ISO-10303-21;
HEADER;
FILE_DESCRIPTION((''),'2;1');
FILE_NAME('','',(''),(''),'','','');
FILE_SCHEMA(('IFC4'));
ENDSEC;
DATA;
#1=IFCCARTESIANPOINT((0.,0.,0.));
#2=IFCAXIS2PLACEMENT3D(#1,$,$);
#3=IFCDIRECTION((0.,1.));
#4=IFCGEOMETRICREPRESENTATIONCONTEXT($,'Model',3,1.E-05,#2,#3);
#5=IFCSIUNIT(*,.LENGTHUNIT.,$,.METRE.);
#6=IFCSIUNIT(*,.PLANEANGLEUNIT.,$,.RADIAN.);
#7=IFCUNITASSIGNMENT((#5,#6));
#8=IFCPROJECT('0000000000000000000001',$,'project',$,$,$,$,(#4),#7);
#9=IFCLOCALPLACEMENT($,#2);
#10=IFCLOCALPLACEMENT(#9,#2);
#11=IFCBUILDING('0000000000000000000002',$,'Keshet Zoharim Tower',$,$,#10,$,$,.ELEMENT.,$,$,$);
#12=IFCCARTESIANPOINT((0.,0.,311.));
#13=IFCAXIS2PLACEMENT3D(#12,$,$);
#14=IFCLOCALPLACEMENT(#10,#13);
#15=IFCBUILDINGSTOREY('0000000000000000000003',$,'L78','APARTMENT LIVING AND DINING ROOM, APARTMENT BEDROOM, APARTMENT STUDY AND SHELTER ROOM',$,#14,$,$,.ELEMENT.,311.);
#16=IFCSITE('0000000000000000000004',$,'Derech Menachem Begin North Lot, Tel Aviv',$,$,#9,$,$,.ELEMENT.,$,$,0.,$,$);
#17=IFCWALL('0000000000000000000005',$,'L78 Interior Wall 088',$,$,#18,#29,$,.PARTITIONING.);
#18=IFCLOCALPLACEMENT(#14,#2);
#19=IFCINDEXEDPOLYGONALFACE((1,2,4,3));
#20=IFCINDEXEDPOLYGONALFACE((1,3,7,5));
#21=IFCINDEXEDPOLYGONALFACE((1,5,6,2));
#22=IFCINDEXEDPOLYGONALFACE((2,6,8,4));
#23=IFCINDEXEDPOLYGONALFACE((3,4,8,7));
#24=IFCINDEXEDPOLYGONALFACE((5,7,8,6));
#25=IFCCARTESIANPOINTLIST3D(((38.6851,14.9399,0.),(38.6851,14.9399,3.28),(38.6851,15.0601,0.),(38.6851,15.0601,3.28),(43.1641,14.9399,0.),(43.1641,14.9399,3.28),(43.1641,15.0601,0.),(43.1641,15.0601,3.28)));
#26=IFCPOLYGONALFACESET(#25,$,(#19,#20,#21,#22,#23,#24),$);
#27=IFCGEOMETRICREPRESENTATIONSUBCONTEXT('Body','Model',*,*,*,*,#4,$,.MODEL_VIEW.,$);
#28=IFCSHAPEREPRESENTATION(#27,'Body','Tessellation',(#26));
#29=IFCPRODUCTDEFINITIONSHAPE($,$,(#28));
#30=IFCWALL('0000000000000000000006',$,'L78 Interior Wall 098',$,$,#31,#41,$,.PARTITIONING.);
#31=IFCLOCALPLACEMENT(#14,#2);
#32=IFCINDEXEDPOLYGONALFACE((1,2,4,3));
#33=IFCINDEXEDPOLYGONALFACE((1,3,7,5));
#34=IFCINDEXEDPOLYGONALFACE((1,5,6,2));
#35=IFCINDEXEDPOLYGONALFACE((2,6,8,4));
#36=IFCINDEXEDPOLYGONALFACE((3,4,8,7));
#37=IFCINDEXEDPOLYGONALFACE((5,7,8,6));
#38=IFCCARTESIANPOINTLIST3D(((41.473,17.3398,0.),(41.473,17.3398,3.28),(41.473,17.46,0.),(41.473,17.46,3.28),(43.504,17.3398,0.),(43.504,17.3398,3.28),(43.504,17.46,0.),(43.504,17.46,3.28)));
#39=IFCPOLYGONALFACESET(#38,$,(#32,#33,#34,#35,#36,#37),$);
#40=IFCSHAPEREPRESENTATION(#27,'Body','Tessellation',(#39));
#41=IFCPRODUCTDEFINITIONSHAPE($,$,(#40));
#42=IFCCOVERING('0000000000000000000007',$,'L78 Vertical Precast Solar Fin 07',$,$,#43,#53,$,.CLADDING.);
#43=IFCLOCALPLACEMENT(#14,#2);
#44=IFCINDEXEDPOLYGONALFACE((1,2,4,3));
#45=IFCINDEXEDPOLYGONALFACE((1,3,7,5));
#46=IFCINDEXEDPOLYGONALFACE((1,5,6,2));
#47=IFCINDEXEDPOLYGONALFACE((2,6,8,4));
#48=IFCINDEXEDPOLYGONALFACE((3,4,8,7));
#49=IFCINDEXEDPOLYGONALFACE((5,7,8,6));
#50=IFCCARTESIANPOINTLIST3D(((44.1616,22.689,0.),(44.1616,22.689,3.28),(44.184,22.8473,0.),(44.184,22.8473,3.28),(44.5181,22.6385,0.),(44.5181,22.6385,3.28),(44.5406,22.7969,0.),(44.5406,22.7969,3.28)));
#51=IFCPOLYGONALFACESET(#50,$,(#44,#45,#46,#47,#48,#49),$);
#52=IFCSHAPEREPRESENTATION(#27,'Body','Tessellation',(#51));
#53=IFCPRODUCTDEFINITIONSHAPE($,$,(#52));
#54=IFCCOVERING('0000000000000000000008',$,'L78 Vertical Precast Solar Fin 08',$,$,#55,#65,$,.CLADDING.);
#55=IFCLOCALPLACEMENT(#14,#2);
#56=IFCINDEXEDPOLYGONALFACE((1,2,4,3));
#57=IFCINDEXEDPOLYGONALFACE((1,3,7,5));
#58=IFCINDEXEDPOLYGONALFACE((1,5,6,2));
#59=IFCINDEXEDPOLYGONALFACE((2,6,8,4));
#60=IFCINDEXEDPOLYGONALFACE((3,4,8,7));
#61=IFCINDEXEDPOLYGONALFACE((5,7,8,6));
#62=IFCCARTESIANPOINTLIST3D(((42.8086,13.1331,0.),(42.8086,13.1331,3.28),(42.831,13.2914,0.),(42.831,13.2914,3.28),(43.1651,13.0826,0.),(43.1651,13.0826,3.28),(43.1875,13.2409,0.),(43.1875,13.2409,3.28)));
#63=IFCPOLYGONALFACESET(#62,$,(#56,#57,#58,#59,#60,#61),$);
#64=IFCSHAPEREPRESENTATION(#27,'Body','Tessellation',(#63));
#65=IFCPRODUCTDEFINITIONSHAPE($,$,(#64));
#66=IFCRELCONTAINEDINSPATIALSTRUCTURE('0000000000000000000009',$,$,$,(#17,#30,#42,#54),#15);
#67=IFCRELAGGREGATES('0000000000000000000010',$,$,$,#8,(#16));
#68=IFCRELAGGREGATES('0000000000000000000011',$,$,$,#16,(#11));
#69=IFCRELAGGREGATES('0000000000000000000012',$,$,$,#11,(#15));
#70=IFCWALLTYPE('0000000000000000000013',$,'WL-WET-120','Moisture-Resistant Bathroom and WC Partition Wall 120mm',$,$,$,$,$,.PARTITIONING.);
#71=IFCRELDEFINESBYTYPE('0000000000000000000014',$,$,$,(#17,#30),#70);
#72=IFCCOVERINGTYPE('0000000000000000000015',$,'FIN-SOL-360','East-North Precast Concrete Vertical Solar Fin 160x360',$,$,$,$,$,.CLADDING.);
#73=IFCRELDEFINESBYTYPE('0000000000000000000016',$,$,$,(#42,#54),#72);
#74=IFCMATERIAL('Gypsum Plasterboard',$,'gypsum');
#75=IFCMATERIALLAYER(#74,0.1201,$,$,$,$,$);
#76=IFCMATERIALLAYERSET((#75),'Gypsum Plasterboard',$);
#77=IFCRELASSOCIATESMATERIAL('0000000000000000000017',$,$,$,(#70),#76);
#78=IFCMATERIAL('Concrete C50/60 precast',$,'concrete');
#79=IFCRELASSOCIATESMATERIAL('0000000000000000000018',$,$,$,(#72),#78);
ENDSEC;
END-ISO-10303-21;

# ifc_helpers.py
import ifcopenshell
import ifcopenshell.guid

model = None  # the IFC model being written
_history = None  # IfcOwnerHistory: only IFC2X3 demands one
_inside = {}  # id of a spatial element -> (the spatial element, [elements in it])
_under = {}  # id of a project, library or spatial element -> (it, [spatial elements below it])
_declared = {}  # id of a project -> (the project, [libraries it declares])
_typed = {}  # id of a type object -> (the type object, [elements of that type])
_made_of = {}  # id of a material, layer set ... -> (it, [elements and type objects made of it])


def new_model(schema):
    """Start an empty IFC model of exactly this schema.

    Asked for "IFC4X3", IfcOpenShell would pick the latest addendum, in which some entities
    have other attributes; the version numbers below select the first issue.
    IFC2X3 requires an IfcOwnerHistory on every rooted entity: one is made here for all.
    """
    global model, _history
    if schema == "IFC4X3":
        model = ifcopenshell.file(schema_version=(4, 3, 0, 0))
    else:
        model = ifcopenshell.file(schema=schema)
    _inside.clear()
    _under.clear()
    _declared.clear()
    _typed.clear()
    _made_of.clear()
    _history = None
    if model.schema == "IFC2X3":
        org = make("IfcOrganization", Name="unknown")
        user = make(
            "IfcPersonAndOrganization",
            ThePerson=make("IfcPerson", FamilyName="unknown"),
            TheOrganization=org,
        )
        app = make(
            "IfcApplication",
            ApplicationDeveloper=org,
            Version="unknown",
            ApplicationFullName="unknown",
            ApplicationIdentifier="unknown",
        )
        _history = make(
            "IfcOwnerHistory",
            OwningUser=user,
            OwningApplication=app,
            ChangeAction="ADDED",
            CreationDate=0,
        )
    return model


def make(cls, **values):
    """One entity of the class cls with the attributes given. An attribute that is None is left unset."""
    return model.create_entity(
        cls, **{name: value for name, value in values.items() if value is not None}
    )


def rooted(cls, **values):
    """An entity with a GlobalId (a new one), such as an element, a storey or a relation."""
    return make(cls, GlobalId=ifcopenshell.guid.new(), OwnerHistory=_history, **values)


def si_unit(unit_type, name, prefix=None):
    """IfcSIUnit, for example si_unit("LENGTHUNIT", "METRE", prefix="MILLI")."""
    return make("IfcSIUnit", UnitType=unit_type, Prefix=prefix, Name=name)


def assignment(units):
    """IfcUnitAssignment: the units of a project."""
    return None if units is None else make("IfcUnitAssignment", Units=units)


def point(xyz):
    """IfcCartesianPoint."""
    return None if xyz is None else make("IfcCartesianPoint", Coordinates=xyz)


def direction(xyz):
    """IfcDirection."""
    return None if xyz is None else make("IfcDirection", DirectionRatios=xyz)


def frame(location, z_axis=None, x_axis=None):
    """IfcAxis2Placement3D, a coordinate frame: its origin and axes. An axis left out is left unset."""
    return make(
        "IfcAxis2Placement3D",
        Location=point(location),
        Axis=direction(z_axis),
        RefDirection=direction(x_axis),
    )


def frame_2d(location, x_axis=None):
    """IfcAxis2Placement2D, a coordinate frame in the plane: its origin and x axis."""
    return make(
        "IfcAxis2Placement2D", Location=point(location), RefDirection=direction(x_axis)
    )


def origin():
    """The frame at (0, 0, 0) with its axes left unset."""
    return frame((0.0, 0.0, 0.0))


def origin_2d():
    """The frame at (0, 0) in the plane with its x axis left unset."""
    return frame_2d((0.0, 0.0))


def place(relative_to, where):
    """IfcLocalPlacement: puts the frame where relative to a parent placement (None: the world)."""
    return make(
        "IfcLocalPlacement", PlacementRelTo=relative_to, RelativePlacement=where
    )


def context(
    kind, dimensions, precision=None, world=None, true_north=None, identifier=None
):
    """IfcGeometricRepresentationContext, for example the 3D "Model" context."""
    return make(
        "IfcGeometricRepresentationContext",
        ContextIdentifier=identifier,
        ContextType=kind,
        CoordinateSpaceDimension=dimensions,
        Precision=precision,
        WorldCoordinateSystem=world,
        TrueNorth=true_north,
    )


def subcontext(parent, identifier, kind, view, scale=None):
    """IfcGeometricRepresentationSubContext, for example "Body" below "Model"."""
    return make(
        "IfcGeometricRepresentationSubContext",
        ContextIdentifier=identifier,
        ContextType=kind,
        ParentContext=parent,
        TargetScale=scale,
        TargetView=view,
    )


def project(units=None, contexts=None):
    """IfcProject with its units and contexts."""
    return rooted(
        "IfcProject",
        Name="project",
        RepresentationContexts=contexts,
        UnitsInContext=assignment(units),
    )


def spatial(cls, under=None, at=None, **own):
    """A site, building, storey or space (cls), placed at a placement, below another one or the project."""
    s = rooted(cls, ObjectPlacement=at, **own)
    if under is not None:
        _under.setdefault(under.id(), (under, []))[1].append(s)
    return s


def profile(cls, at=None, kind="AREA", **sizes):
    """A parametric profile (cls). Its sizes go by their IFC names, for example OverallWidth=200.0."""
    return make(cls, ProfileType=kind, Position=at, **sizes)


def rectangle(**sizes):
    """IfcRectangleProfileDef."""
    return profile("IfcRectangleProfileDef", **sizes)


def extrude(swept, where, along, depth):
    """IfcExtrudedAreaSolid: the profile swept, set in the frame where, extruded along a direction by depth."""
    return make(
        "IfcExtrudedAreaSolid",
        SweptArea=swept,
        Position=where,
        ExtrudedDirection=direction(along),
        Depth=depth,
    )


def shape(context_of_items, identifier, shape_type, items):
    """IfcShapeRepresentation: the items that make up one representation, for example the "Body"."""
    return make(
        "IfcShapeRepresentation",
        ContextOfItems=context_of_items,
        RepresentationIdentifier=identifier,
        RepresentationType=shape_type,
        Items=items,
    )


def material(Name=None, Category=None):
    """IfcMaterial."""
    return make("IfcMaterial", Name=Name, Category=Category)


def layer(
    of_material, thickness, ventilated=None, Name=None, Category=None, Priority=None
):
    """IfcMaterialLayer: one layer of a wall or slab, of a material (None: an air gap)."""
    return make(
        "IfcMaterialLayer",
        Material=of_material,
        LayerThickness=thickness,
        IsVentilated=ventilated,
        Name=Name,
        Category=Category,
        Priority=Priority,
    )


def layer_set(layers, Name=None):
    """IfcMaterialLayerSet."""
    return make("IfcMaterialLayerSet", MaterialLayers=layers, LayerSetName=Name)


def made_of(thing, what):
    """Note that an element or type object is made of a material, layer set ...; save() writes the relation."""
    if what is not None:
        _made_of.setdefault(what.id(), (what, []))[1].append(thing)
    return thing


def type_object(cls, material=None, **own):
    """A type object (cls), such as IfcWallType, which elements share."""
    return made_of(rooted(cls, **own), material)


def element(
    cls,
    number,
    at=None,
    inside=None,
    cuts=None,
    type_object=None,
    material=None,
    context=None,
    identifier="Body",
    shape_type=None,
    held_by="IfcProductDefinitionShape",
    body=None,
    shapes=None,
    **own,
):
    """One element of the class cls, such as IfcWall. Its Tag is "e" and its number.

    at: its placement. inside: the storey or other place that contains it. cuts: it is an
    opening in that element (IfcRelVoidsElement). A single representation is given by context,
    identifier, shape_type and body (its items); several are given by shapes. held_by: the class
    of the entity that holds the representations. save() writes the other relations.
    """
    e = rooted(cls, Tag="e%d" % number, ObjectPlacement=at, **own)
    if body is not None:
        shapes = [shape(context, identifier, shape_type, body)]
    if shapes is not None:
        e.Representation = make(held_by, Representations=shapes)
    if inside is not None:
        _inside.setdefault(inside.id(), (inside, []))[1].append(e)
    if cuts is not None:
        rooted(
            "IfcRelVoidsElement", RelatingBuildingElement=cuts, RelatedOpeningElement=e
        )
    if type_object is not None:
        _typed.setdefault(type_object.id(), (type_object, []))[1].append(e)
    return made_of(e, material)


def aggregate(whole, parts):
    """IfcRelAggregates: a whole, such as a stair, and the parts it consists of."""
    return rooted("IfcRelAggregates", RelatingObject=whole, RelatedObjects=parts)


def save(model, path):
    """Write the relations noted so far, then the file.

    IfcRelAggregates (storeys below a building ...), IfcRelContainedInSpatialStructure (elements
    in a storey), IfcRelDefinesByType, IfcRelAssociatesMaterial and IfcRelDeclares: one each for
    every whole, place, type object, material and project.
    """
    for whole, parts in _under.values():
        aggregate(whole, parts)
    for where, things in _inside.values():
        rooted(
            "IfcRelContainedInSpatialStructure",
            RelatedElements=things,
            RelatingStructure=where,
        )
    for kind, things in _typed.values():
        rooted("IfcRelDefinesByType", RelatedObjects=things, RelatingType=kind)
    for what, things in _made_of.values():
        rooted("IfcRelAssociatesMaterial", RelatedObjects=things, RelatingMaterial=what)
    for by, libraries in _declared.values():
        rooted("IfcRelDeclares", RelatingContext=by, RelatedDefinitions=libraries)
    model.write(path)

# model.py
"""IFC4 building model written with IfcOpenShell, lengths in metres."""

from ifc_helpers import new_model, si_unit, direction, frame, frame_2d, origin, origin_2d, place, context, subcontext, project, spatial, rectangle, extrude, material, layer, layer_set, type_object, element, save


model = new_model("IFC4")

# Units and contexts
model_context = context("Model", 3, precision=1e-05, world=origin(), true_north=direction((0.0, 1.0)))
body_context = subcontext(model_context, "Body", "Model", "MODEL_VIEW")
ifc_project = project(units=[si_unit("LENGTHUNIT", "METRE"), si_unit("PLANEANGLEUNIT", "RADIAN")], contexts=[model_context])

# Site, building, storey
site_placement = place(None, origin())
site = spatial("IfcSite", under=ifc_project, at=site_placement, Name="Derech Menachem Begin North Lot, Tel Aviv", CompositionType="ELEMENT", RefElevation=0.0)
building_placement = place(site_placement, origin())
building = spatial("IfcBuilding", under=site, at=building_placement, Name="Keshet Zoharim Tower", CompositionType="ELEMENT")
storey_placement = place(building_placement, frame((0.0, 0.0, 311.0)))
storey = spatial("IfcBuildingStorey", under=building, at=storey_placement, Name="L78", Description="APARTMENT LIVING AND DINING ROOM, APARTMENT BEDROOM, APARTMENT STUDY AND SHELTER ROOM", CompositionType="ELEMENT", Elevation=311.0)

# Shared definitions
ifc_material_1 = material(Name="Gypsum Plasterboard", Category="gypsum")

# Shared definitions
ifc_layer_1 = layer(ifc_material_1, 0.1201)
ifc_layer_set_1 = layer_set([ifc_layer_1], Name="Gypsum Plasterboard")
wall_type_1 = type_object("IfcWallType", Name="WL-WET-120", Description="Moisture-Resistant Bathroom and WC Partition Wall 120mm", PredefinedType="PARTITIONING", material=ifc_layer_set_1)

# Walls
wall_1_placement = place(storey_placement, frame((38.6851, 15.0, 0.0), z_axis=(0.0, 0.0, 1.0), x_axis=(1.0, 0.0, 0.0)))
element("IfcWall", 1, at=wall_1_placement, inside=storey, type_object=wall_type_1, Name="L78 Interior Wall 088", PredefinedType="PARTITIONING", context=body_context, shape_type="SweptSolid", body=[
    extrude(rectangle(XDim=4.479, YDim=0.1201, at=frame_2d((2.2395, 0.0))), origin(), (0.0, 0.0, 1.0), 3.28),
])
wall_2_placement = place(storey_placement, frame((41.4729, 17.3999, 0.0), z_axis=(0.0, 0.0, 1.0), x_axis=(1.0, 0.0, 0.0)))
element("IfcWall", 2, at=wall_2_placement, inside=storey, type_object=wall_type_1, Name="L78 Interior Wall 098", PredefinedType="PARTITIONING", context=body_context, shape_type="SweptSolid", body=[
    extrude(rectangle(XDim=2.031, YDim=0.1201, at=frame_2d((1.0156, 0.0))), origin(), (0.0, 0.0, 1.0), 3.28),
])

# Coverings
ifc_material_2 = material(Name="Concrete C50/60 precast", Category="concrete")
covering_type = type_object("IfcCoveringType", Name="FIN-SOL-360", Description="East-North Precast Concrete Vertical Solar Fin 160x360", PredefinedType="CLADDING", material=ifc_material_2)
for number, where, z_axis, x_axis, name in (
    (3, (44.3511, 22.7429, 0.0), (0.0, 0.0, 1.0), (-0.140137, -0.990132, 0.0), "L78 Vertical Precast Solar Fin 07"),
    (4, (42.998, 13.187, 0.0), (0.0, 0.0, 1.0), (-0.140137, -0.990132, 0.0), "L78 Vertical Precast Solar Fin 08"),
):
    element("IfcCovering", number, at=place(storey_placement, frame(where, z_axis=z_axis, x_axis=x_axis)), inside=storey, type_object=covering_type, Name=name, PredefinedType="CLADDING", context=body_context, shape_type="SweptSolid", body=[
        extrude(rectangle(XDim=0.1599, YDim=0.3601, at=origin_2d()), origin(), (0.0, 0.0, 1.0), 3.28),
    ])

save(model, "model.ifc")
